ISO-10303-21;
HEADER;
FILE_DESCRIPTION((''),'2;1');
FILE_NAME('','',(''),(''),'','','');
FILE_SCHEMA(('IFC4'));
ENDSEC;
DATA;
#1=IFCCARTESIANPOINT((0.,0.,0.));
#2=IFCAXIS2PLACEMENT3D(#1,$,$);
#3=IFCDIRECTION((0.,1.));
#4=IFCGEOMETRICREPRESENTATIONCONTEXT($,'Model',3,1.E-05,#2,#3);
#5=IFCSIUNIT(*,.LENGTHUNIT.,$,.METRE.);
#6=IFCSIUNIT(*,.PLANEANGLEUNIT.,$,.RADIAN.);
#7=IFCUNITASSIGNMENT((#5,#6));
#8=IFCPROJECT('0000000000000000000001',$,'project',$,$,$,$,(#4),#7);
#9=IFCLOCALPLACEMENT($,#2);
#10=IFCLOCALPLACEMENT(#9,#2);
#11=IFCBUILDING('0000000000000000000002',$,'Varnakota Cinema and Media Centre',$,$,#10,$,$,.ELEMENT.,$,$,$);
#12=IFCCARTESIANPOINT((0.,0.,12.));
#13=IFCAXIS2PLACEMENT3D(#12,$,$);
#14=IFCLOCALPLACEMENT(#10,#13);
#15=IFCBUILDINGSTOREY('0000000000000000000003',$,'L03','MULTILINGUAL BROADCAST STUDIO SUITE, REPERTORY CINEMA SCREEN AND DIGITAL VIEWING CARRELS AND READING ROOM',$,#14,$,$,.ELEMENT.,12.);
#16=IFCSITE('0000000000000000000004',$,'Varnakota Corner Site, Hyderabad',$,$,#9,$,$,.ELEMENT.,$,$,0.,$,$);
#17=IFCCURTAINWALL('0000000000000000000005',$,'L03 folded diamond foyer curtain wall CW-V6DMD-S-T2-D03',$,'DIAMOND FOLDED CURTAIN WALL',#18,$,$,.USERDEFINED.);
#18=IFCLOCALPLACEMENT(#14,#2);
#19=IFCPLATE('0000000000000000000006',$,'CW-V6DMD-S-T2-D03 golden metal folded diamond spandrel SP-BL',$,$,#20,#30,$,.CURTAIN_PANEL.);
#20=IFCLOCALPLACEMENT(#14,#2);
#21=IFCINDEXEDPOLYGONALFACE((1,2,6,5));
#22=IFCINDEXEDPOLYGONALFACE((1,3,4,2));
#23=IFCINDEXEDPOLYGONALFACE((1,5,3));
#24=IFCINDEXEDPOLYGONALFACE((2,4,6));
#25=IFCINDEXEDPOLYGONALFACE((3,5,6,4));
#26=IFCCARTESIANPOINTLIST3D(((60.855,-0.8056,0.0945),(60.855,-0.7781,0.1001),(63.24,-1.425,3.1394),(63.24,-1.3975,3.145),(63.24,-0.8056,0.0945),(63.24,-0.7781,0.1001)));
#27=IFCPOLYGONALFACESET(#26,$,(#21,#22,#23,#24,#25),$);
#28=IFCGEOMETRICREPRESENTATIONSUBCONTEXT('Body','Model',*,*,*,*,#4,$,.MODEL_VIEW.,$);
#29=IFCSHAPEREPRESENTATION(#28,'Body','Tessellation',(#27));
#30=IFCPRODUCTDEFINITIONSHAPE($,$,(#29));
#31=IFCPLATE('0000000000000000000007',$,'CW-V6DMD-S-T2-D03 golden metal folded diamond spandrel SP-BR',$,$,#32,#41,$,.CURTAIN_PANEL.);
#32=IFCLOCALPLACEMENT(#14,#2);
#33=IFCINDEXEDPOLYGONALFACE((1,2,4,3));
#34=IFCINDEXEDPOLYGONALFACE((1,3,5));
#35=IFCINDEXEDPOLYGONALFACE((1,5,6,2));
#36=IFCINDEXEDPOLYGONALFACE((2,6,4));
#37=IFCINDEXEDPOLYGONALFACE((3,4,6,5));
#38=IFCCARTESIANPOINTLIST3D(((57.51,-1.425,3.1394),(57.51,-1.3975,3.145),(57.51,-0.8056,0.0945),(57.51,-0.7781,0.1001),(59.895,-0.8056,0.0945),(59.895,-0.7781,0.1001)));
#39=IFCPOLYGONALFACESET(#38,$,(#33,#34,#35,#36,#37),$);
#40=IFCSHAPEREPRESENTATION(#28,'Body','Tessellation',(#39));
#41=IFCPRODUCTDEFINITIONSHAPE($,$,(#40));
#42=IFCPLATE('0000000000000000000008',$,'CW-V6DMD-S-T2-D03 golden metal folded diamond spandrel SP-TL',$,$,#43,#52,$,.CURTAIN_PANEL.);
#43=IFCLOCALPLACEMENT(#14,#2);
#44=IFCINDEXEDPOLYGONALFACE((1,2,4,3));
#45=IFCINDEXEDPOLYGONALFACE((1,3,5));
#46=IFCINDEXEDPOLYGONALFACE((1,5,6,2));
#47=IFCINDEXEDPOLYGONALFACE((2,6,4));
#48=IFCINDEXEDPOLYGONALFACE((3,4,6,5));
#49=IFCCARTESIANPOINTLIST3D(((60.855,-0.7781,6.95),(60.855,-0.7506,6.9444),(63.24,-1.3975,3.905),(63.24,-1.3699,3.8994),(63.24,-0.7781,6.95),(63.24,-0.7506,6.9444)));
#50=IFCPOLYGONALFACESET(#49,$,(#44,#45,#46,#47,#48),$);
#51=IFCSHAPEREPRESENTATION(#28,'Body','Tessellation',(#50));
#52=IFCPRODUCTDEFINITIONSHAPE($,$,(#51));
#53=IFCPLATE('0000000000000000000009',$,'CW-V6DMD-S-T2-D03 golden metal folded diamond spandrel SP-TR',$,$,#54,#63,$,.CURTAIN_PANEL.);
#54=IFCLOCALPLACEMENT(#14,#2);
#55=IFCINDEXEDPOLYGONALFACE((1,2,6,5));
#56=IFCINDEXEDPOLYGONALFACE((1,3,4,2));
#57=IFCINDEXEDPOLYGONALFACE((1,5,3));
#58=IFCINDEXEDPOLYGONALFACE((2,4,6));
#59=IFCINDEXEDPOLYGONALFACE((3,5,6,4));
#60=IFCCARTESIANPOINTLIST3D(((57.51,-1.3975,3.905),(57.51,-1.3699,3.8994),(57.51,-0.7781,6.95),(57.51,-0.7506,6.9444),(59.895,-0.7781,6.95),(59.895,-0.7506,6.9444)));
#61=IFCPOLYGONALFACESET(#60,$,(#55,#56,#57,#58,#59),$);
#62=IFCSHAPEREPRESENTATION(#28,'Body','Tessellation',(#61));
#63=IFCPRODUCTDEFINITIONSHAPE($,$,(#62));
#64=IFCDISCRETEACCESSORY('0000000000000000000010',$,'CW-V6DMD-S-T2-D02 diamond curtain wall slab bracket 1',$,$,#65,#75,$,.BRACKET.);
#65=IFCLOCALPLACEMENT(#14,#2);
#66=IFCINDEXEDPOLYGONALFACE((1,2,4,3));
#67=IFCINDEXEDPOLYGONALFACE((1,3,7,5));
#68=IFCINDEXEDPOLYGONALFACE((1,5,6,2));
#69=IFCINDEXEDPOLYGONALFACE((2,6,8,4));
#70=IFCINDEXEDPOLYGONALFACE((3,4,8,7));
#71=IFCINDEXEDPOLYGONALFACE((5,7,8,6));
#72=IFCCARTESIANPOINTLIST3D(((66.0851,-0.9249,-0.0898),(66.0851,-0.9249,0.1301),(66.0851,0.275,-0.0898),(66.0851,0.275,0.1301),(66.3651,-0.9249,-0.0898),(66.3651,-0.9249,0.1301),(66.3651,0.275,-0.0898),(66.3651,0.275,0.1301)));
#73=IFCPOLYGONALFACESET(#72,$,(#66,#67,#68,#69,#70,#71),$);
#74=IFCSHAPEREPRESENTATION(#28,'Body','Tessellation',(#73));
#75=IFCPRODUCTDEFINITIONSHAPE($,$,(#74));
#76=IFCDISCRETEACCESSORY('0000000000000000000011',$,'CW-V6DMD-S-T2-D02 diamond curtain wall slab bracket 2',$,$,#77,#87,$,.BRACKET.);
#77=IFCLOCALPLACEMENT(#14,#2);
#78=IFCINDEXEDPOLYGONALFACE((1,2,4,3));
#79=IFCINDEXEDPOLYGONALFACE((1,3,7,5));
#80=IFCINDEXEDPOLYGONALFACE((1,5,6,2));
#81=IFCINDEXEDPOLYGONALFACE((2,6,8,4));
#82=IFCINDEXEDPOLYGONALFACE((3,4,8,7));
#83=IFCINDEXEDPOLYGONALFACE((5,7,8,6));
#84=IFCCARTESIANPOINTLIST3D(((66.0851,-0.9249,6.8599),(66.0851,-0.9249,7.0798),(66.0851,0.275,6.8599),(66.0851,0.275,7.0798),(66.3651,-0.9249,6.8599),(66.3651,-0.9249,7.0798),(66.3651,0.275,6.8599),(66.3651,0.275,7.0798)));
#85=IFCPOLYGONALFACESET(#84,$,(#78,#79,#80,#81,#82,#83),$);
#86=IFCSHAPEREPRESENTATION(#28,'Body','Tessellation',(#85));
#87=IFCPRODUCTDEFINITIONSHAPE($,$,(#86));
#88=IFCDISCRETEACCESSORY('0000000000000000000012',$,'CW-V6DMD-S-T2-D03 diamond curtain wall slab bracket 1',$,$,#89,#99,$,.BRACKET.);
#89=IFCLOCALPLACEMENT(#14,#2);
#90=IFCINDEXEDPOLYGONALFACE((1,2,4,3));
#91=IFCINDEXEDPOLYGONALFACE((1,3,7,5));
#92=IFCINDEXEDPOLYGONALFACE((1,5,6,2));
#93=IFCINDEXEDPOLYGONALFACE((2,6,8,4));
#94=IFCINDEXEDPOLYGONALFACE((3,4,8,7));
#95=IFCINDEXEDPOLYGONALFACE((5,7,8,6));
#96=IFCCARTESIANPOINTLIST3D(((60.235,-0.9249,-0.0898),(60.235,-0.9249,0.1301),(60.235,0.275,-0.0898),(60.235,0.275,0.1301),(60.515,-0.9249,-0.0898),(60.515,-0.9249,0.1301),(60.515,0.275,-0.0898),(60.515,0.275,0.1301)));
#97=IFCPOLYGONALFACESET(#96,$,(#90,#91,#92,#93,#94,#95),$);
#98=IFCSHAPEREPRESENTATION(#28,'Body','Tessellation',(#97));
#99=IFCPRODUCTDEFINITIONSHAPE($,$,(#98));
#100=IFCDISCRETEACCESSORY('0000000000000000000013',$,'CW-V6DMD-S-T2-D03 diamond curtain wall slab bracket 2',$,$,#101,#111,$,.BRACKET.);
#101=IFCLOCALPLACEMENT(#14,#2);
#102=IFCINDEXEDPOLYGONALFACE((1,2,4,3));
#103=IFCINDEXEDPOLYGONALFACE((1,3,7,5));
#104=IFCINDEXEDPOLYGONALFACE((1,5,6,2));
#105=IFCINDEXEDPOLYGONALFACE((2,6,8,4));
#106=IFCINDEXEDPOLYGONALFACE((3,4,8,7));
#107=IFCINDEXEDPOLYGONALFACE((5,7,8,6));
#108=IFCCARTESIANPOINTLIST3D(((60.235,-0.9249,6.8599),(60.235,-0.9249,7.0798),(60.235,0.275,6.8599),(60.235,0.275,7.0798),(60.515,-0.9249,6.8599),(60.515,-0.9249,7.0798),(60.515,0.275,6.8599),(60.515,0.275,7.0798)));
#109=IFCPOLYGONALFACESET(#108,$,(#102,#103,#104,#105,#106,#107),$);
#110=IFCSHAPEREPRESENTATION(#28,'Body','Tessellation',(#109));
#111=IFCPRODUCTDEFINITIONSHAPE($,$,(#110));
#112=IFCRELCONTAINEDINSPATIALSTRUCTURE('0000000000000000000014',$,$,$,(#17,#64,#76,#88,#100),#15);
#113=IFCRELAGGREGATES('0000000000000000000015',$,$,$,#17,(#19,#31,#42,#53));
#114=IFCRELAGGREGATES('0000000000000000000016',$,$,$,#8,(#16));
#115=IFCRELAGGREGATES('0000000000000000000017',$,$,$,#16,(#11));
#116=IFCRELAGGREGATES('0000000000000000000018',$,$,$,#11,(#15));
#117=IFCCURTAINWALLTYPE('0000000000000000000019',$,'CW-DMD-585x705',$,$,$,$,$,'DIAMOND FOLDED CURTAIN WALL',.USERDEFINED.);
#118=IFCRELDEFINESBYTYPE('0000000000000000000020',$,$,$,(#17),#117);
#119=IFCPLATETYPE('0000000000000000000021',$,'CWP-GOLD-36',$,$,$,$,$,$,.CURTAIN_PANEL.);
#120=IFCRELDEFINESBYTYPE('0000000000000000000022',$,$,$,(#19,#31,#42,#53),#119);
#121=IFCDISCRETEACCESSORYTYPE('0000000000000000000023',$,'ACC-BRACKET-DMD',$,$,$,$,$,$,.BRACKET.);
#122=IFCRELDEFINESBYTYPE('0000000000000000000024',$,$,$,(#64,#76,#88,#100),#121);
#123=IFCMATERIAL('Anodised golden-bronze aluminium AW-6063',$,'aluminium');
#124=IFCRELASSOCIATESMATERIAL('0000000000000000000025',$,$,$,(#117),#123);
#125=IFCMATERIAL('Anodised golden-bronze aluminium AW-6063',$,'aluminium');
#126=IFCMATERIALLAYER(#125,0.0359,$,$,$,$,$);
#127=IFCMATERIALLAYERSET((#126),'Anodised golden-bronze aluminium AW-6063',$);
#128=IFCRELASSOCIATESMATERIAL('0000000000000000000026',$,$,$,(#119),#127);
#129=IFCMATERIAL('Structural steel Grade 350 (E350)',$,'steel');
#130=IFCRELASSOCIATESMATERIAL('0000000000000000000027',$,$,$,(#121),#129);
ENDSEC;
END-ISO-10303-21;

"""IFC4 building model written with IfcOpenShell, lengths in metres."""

from ifc_helpers import new_model, si_unit, direction, frame, origin, origin_2d, place, context, subcontext, project, spatial, polyline, rectangle, outline, extrude, material, layer, layer_set, type_object, element, aggregate, save


model = new_model("IFC4")

# Units and contexts
model_context = context("Model", 3, precision=1e-05, world=origin(), true_north=direction((0.0, 1.0)))
body_context = subcontext(model_context, "Body", "Model", "MODEL_VIEW")
ifc_project = project(units=[si_unit("LENGTHUNIT", "METRE"), si_unit("PLANEANGLEUNIT", "RADIAN")], contexts=[model_context])

# Site, building, storey
site_placement = place(None, origin())
site = spatial("IfcSite", under=ifc_project, at=site_placement, Name="Varnakota Corner Site, Hyderabad", CompositionType="ELEMENT", RefElevation=0.0)
building_placement = place(site_placement, origin())
building = spatial("IfcBuilding", under=site, at=building_placement, Name="Varnakota Cinema and Media Centre", CompositionType="ELEMENT")
storey_placement = place(building_placement, frame((0.0, 0.0, 12.0)))
storey = spatial("IfcBuildingStorey", under=building, at=storey_placement, Name="L03", Description="MULTILINGUAL BROADCAST STUDIO SUITE, REPERTORY CINEMA SCREEN AND DIGITAL VIEWING CARRELS AND READING ROOM", CompositionType="ELEMENT", Elevation=12.0)

# Curtain wall
ifc_material_1 = material(Name="Anodised golden-bronze aluminium AW-6063", Category="aluminium")
curtain_wall_type = type_object("IfcCurtainWallType", Name="CW-DMD-585x705", ElementType="DIAMOND FOLDED CURTAIN WALL", PredefinedType="USERDEFINED", material=ifc_material_1)
curtain_wall_1_placement = place(storey_placement, origin())
curtain_wall_1 = element("IfcCurtainWall", 1, at=curtain_wall_1_placement, inside=storey, type_object=curtain_wall_type, Name="L03 folded diamond foyer curtain wall CW-V6DMD-S-T2-D03", ObjectType="DIAMOND FOLDED CURTAIN WALL", PredefinedType="USERDEFINED")

# Plates
ifc_material_2 = material(Name="Anodised golden-bronze aluminium AW-6063", Category="aluminium")
ifc_layer_1 = layer(ifc_material_2, 0.0359)
ifc_layer_set_1 = layer_set([ifc_layer_1], Name="Anodised golden-bronze aluminium AW-6063")
plate_type_1 = type_object("IfcPlateType", Name="CWP-GOLD-36", PredefinedType="CURTAIN_PANEL", material=ifc_layer_set_1)
plate_1_placement = place(storey_placement, frame((63.24, -0.7781, 0.1001), z_axis=(0.0, 0.979932, 0.199333), x_axis=(-1.0, 0.0, 0.0)))
plate_1 = element("IfcPlate", 2, at=plate_1_placement, type_object=plate_type_1, Name="CW-V6DMD-S-T2-D03 golden metal folded diamond spandrel SP-BL", PredefinedType="CURTAIN_PANEL", context=body_context, shape_type="SweptSolid", body=[
    extrude(outline(polyline([(0.0, 0.0), (2.385, 0.0), (0.0, 3.1073), (0.0, 0.0)])), origin(), (0.0, 0.0, -1.0), 0.0281),
])
plate_2_placement = place(storey_placement, frame((59.895, -0.7781, 0.1001), z_axis=(0.0, 0.979932, 0.199333), x_axis=(-1.0, 0.0, 0.0)))
plate_2 = element("IfcPlate", 3, at=plate_2_placement, type_object=plate_type_1, Name="CW-V6DMD-S-T2-D03 golden metal folded diamond spandrel SP-BR", PredefinedType="CURTAIN_PANEL", context=body_context, shape_type="SweptSolid", body=[
    extrude(outline(polyline([(0.0, 0.0), (2.385, 0.0), (2.385, 3.1073), (0.0, 0.0)])), origin(), (0.0, 0.0, -1.0), 0.0281),
])
plate_3_placement = place(storey_placement, frame((63.24, -1.3975, 3.905), z_axis=(0.0, -0.979932, 0.199333), x_axis=(-0.608876, 0.158124, 0.777346)))
plate_3 = element("IfcPlate", 4, at=plate_3_placement, type_object=plate_type_1, Name="CW-V6DMD-S-T2-D03 golden metal folded diamond spandrel SP-TL", PredefinedType="CURTAIN_PANEL", context=body_context, shape_type="SweptSolid", body=[
    extrude(outline(polyline([(0.0, 0.0), (3.9171, 0.0), (2.4649, -1.8919), (0.0, 0.0)])), origin(), (0.0, 0.0, -1.0), 0.0281),
])
plate_4_placement = place(storey_placement, frame((57.51, -1.3975, 3.905), z_axis=(0.0, -0.979932, 0.199333), x_axis=(0.0, 0.199333, 0.979932)))
plate_4 = element("IfcPlate", 5, at=plate_4_placement, type_object=plate_type_1, Name="CW-V6DMD-S-T2-D03 golden metal folded diamond spandrel SP-TR", PredefinedType="CURTAIN_PANEL", context=body_context, shape_type="SweptSolid", body=[
    extrude(outline(polyline([(0.0, 0.0), (3.1073, 0.0), (3.1073, -2.385), (0.0, 0.0)])), origin(), (0.0, 0.0, -1.0), 0.0281),
])
aggregate(curtain_wall_1, [plate_1, plate_2, plate_3, plate_4])

# Discrete accessories
ifc_material_3 = material(Name="Structural steel Grade 350 (E350)", Category="steel")
discrete_accessory_type = type_object("IfcDiscreteAccessoryType", Name="ACC-BRACKET-DMD", PredefinedType="BRACKET", material=ifc_material_3)
for number, where, z_axis, x_axis, name in (
    (6, (66.2251, -0.325, -0.0898), (0.0, 0.0, 1.0), (-1.0, 0.0, 0.0), "CW-V6DMD-S-T2-D02 diamond curtain wall slab bracket 1"),
    (7, (66.2251, -0.325, 6.8599), (0.0, 0.0, 1.0), (-1.0, 0.0, 0.0), "CW-V6DMD-S-T2-D02 diamond curtain wall slab bracket 2"),
    (8, (60.375, -0.325, -0.0898), (0.0, 0.0, 1.0), (-1.0, 0.0, 0.0), "CW-V6DMD-S-T2-D03 diamond curtain wall slab bracket 1"),
    (9, (60.375, -0.325, 6.8599), (0.0, 0.0, 1.0), (-1.0, 0.0, 0.0), "CW-V6DMD-S-T2-D03 diamond curtain wall slab bracket 2"),
):
    element("IfcDiscreteAccessory", number, at=place(storey_placement, frame(where, z_axis=z_axis, x_axis=x_axis)), inside=storey, type_object=discrete_accessory_type, Name=name, PredefinedType="BRACKET", context=body_context, shape_type="SweptSolid", body=[
        extrude(rectangle(XDim=0.28, YDim=1.2, at=origin_2d()), origin(), (0.0, 0.0, 1.0), 0.22),
    ])

save(model, "model.ifc")
